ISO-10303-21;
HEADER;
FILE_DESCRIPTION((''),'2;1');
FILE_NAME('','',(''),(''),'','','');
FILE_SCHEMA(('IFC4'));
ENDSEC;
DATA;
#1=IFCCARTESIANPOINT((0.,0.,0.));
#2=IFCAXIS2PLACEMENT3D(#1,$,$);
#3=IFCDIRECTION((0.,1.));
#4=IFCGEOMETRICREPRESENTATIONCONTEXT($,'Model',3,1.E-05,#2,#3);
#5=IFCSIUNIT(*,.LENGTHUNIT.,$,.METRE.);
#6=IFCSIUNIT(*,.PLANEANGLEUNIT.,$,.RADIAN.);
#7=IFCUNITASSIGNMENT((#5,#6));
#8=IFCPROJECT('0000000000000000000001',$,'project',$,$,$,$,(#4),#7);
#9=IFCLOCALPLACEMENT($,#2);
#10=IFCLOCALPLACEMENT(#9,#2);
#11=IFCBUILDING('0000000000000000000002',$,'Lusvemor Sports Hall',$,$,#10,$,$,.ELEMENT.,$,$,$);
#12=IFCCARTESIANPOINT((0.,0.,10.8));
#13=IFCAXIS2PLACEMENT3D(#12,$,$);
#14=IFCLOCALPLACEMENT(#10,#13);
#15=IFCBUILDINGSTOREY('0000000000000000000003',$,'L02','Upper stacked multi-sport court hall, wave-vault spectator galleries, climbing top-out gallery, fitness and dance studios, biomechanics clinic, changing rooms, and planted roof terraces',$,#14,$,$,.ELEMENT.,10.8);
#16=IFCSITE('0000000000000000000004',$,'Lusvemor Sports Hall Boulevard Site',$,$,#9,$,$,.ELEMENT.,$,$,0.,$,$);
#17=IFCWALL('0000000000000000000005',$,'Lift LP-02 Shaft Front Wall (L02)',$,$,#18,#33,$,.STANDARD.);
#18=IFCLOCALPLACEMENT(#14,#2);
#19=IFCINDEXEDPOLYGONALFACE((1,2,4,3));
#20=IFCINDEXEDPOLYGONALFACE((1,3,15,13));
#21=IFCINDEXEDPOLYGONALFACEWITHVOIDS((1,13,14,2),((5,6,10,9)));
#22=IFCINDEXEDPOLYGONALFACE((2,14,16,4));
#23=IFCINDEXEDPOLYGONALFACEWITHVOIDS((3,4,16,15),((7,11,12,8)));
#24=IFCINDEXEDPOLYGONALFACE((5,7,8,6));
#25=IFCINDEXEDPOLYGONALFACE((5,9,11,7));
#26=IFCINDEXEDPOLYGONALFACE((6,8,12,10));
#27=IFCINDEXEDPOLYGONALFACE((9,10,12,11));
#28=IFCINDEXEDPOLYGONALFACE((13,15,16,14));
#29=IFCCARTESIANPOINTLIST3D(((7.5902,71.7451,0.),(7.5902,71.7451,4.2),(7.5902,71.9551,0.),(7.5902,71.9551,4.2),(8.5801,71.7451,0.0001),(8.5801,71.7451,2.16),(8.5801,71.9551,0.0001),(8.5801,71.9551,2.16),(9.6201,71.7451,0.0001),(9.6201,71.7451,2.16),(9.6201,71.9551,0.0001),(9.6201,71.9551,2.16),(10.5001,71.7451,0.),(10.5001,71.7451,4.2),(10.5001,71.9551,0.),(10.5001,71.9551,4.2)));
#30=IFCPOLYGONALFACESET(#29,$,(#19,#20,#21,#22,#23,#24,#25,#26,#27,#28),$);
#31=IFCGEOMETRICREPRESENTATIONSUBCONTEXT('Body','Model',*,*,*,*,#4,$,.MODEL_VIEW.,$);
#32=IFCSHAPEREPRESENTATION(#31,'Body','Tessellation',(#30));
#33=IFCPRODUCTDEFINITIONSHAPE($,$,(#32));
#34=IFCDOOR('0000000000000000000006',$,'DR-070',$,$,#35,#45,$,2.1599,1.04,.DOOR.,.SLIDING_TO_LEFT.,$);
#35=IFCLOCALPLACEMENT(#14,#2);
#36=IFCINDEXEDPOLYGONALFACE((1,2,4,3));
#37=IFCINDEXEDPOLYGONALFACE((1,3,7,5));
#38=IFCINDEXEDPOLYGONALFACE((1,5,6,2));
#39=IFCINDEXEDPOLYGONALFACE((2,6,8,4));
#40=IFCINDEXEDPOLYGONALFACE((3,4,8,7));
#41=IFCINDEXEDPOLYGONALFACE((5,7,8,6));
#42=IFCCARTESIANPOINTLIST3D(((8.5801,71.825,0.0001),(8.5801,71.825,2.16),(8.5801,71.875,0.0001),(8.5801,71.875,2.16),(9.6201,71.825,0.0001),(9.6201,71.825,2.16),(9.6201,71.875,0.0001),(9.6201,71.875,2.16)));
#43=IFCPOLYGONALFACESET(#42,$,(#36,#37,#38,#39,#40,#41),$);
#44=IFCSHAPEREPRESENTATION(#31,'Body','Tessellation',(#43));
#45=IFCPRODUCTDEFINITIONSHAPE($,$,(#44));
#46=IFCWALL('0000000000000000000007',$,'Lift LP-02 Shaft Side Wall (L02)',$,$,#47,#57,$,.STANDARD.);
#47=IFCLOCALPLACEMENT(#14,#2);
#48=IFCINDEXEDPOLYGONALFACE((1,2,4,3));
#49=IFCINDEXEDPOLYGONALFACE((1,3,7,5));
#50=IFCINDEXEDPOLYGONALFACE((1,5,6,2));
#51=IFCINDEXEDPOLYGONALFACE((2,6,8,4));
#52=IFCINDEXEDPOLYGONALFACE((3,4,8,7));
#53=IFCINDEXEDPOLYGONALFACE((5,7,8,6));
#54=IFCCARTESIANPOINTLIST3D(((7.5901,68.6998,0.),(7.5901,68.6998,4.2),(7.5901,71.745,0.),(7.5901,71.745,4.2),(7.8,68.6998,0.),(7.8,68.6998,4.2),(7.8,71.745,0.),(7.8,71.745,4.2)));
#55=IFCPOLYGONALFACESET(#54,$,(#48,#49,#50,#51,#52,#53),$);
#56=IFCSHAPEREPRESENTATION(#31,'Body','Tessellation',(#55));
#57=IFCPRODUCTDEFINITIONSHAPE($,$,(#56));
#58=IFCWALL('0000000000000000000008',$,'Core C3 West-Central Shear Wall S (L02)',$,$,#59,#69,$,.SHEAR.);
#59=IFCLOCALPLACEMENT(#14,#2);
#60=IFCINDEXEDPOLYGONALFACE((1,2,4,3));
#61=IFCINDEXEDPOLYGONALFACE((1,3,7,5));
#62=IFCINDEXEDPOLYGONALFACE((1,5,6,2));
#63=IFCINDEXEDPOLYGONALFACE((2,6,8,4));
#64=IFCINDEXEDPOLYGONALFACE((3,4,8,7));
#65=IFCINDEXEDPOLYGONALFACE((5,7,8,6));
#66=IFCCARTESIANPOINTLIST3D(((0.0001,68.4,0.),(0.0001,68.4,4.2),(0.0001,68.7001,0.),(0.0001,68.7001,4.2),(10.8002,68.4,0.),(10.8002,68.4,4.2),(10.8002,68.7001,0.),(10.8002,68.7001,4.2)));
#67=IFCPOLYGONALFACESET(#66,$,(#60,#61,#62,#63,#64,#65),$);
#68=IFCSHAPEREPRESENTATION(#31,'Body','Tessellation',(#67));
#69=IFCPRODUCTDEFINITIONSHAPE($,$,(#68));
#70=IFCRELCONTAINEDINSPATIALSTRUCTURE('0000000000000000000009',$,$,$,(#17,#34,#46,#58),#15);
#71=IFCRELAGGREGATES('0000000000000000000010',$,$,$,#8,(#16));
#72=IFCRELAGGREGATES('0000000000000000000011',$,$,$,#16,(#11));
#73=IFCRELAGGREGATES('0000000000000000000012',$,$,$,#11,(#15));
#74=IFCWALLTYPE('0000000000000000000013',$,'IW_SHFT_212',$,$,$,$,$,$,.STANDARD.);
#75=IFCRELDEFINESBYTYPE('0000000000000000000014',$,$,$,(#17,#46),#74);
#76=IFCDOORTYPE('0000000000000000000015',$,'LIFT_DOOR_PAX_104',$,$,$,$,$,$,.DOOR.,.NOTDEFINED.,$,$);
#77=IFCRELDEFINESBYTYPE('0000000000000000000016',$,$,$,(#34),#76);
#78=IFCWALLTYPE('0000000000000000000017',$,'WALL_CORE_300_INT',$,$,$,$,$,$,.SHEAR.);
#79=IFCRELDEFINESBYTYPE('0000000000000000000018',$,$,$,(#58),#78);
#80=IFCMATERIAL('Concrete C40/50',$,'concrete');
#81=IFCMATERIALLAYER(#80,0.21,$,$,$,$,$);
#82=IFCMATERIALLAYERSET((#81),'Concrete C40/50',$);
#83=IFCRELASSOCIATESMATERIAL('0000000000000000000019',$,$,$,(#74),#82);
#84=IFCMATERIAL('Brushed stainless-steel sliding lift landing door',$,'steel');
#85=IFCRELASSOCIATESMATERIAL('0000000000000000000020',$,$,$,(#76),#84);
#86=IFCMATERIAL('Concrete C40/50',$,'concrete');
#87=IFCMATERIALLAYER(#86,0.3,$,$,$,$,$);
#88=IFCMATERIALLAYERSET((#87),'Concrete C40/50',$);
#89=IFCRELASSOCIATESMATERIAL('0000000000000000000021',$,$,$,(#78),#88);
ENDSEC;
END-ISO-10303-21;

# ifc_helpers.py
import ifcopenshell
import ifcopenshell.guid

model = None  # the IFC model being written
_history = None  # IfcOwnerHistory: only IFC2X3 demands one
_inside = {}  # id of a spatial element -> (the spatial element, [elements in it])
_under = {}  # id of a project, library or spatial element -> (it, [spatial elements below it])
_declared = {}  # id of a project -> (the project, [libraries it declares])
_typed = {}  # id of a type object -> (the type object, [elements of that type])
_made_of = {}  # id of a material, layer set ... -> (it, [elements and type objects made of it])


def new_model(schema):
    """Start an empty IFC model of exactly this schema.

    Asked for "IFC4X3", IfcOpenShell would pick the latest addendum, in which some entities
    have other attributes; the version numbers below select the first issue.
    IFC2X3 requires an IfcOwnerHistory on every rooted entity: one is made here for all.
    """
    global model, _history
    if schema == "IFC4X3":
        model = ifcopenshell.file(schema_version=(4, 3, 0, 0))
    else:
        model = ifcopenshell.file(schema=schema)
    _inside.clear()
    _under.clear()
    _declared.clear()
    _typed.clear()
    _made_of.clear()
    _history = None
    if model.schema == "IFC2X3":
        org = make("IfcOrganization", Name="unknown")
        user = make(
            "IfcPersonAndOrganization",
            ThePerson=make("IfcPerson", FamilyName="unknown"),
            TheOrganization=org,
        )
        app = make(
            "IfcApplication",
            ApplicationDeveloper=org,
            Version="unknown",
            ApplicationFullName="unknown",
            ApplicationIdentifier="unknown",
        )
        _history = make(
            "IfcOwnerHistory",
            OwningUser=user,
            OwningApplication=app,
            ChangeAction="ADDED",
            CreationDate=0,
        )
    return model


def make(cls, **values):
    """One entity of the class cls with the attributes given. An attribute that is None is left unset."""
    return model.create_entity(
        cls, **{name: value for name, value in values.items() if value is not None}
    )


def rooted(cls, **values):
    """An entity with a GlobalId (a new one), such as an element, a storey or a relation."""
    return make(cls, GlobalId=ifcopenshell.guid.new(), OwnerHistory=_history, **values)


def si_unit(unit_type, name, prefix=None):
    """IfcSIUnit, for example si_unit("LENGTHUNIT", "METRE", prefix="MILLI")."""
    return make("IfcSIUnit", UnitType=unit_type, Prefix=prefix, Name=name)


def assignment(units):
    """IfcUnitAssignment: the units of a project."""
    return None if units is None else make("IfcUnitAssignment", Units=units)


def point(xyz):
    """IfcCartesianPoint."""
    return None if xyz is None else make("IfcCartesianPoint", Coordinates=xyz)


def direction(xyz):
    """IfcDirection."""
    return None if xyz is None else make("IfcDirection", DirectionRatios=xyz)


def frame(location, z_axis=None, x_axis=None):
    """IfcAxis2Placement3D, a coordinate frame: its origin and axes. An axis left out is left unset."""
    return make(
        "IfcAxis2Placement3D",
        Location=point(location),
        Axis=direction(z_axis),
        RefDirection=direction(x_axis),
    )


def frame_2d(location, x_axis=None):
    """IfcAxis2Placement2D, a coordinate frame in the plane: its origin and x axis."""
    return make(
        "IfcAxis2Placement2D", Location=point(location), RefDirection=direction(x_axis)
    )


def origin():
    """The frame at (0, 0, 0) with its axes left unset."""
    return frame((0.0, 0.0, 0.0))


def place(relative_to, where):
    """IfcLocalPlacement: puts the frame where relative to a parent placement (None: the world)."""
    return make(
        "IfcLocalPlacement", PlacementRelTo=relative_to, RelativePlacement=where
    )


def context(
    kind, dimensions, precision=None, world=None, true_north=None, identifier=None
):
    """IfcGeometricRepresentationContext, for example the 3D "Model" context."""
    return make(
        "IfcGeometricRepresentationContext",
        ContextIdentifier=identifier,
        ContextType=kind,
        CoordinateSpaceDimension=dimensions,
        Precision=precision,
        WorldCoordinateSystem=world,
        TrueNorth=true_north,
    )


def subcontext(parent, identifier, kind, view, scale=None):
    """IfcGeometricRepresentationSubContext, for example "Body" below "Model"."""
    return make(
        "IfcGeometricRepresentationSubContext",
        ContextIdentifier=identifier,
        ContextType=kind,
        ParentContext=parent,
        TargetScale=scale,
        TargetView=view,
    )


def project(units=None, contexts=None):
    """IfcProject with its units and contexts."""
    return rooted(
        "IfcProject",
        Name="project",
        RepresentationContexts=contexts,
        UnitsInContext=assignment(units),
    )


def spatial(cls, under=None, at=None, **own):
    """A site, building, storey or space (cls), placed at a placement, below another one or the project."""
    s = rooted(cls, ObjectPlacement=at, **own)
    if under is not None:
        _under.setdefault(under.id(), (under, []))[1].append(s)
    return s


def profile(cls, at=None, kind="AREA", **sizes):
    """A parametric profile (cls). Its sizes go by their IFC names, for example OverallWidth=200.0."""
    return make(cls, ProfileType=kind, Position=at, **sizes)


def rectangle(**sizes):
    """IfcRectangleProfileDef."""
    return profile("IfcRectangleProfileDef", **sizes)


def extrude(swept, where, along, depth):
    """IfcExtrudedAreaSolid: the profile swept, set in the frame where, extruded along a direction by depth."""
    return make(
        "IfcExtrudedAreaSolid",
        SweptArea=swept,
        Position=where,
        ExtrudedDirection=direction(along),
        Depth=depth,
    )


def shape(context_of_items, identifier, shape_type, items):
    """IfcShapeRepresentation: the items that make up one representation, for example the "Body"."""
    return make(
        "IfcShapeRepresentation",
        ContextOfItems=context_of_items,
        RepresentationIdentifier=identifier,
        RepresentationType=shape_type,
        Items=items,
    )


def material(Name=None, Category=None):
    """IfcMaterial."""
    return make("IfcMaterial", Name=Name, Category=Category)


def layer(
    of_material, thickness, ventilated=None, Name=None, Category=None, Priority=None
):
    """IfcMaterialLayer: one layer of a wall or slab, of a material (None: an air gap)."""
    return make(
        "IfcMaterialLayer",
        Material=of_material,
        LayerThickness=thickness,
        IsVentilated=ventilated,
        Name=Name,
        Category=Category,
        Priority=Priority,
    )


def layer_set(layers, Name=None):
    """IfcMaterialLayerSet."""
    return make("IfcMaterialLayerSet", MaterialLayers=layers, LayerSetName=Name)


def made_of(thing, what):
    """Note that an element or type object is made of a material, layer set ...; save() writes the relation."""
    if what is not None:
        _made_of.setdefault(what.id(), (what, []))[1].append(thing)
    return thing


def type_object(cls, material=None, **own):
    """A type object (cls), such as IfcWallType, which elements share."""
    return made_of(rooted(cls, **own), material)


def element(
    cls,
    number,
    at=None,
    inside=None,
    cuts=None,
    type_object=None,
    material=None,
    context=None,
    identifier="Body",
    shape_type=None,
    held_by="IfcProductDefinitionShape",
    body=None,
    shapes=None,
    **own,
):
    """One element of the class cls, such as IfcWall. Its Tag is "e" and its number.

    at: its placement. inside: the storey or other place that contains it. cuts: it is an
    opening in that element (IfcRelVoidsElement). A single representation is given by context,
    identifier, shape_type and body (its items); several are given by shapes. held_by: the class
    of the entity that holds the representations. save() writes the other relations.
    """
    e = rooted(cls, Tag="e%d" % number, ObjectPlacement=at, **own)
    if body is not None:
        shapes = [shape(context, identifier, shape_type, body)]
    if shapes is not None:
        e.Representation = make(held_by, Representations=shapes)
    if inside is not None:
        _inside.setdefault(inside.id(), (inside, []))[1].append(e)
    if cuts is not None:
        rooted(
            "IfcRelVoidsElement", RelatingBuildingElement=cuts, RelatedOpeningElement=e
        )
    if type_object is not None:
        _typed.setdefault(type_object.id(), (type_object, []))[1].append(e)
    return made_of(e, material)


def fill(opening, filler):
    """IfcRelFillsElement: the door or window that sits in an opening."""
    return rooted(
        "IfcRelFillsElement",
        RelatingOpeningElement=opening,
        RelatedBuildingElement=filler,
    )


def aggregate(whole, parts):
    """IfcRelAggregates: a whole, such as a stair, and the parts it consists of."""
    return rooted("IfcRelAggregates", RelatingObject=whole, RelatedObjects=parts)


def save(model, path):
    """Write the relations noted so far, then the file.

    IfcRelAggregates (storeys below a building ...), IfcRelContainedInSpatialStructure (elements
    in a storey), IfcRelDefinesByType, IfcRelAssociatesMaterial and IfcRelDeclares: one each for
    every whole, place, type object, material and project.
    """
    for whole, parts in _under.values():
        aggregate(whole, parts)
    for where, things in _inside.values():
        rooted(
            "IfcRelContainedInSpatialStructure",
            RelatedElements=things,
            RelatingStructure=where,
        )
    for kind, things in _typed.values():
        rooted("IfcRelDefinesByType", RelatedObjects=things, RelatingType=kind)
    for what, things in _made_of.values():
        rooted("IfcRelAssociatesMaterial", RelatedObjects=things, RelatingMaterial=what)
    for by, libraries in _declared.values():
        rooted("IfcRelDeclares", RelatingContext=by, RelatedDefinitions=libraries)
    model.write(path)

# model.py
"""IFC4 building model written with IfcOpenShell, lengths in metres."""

from ifc_helpers import new_model, si_unit, direction, frame, frame_2d, origin, place, context, subcontext, project, spatial, rectangle, extrude, material, layer, layer_set, type_object, element, fill, save


model = new_model("IFC4")

# Units and contexts
model_context = context("Model", 3, precision=1e-05, world=origin(), true_north=direction((0.0, 1.0)))
body_context = subcontext(model_context, "Body", "Model", "MODEL_VIEW")
ifc_project = project(units=[si_unit("LENGTHUNIT", "METRE"), si_unit("PLANEANGLEUNIT", "RADIAN")], contexts=[model_context])

# Site, building, storey
site_placement = place(None, origin())
site = spatial("IfcSite", under=ifc_project, at=site_placement, Name="Lusvemor Sports Hall Boulevard Site", CompositionType="ELEMENT", RefElevation=0.0)
building_placement = place(site_placement, origin())
building = spatial("IfcBuilding", under=site, at=building_placement, Name="Lusvemor Sports Hall", CompositionType="ELEMENT")
storey_placement = place(building_placement, frame((0.0, 0.0, 10.8)))
storey = spatial("IfcBuildingStorey", under=building, at=storey_placement, Name="L02", Description="Upper stacked multi-sport court hall, wave-vault spectator galleries, climbing top-out gallery, fitness and dance studios, biomechanics clinic, changing rooms, and planted roof terraces", CompositionType="ELEMENT", Elevation=10.8)

# Wall, opening, door
ifc_material_1 = material(Name="Concrete C40/50", Category="concrete")
ifc_layer_1 = layer(ifc_material_1, 0.21)
ifc_layer_set_1 = layer_set([ifc_layer_1], Name="Concrete C40/50")
wall_type_1 = type_object("IfcWallType", Name="IW_SHFT_212", PredefinedType="STANDARD", material=ifc_layer_set_1)
wall_1_placement = place(storey_placement, frame((7.5901, 71.8501, 0.0), z_axis=(0.0, 0.0, 1.0), x_axis=(1.0, 0.0, 0.0)))
wall_1 = element("IfcWall", 1, at=wall_1_placement, inside=storey, type_object=wall_type_1, Name="Lift LP-02 Shaft Front Wall (L02)", PredefinedType="STANDARD", context=body_context, shape_type="SweptSolid", body=[
    extrude(rectangle(XDim=2.9099, YDim=0.21, at=frame_2d((1.4551, 0.0))), origin(), (0.0, 0.0, 1.0), 4.2),
])
opening_1_placement = place(wall_1_placement, frame((0.99, 0.0, 0.0)))
opening_1 = element("IfcOpeningElement", 2, at=opening_1_placement, cuts=wall_1, PredefinedType="OPENING", context=body_context, shape_type="SweptSolid", body=[
    extrude(rectangle(XDim=1.04, YDim=2.1599, at=frame_2d((0.52, 1.0801))), frame((0.0, 0.105, 0.0), z_axis=(0.0, -1.0, 0.0), x_axis=(1.0, 0.0, 0.0)), (0.0, 0.0, 1.0), 0.21),
])
ifc_material_2 = material(Name="Brushed stainless-steel sliding lift landing door", Category="steel")
door_type_1 = type_object("IfcDoorType", Name="LIFT_DOOR_PAX_104", OperationType="NOTDEFINED", PredefinedType="DOOR", material=ifc_material_2)
door_1_placement = place(opening_1_placement, origin())
door_1 = element("IfcDoor", 3, at=door_1_placement, inside=storey, type_object=door_type_1, Name="DR-070", OperationType="SLIDING_TO_LEFT", OverallHeight=2.1599, OverallWidth=1.04, PredefinedType="DOOR", context=body_context, shape_type="SweptSolid", body=[
    extrude(rectangle(XDim=1.04, YDim=2.1599, at=frame_2d((0.52, 1.0801))), frame((0.0, 0.0249, 0.0), z_axis=(0.0, -1.0, 0.0), x_axis=(1.0, 0.0, 0.0)), (0.0, 0.0, 1.0), 0.05),
])
fill(opening_1, door_1)

# Walls
wall_2_placement = place(storey_placement, frame((7.6951, 68.7, 0.0), z_axis=(0.0, 0.0, 1.0), x_axis=(0.0, 1.0, 0.0)))
element("IfcWall", 4, at=wall_2_placement, inside=storey, type_object=wall_type_1, Name="Lift LP-02 Shaft Side Wall (L02)", PredefinedType="STANDARD", context=body_context, shape_type="SweptSolid", body=[
    extrude(rectangle(XDim=3.0452, YDim=0.21, at=frame_2d((1.5225, 0.0))), origin(), (0.0, 0.0, 1.0), 4.2),
])
ifc_material_3 = material(Name="Concrete C40/50", Category="concrete")
ifc_layer_2 = layer(ifc_material_3, 0.3)
ifc_layer_set_2 = layer_set([ifc_layer_2], Name="Concrete C40/50")
wall_type_2 = type_object("IfcWallType", Name="WALL_CORE_300_INT", PredefinedType="SHEAR", material=ifc_layer_set_2)
wall_3_placement = place(storey_placement, frame((10.8, 68.55, 0.0), z_axis=(0.0, 0.0, 1.0), x_axis=(-1.0, 0.0, 0.0)))
element("IfcWall", 5, at=wall_3_placement, inside=storey, type_object=wall_type_2, Name="Core C3 West-Central Shear Wall S (L02)", PredefinedType="SHEAR", context=body_context, shape_type="SweptSolid", body=[
    extrude(rectangle(XDim=10.8, YDim=0.3, at=frame_2d((5.3999, 0.0))), origin(), (0.0, 0.0, 1.0), 4.2),
])

save(model, "model.ifc")
